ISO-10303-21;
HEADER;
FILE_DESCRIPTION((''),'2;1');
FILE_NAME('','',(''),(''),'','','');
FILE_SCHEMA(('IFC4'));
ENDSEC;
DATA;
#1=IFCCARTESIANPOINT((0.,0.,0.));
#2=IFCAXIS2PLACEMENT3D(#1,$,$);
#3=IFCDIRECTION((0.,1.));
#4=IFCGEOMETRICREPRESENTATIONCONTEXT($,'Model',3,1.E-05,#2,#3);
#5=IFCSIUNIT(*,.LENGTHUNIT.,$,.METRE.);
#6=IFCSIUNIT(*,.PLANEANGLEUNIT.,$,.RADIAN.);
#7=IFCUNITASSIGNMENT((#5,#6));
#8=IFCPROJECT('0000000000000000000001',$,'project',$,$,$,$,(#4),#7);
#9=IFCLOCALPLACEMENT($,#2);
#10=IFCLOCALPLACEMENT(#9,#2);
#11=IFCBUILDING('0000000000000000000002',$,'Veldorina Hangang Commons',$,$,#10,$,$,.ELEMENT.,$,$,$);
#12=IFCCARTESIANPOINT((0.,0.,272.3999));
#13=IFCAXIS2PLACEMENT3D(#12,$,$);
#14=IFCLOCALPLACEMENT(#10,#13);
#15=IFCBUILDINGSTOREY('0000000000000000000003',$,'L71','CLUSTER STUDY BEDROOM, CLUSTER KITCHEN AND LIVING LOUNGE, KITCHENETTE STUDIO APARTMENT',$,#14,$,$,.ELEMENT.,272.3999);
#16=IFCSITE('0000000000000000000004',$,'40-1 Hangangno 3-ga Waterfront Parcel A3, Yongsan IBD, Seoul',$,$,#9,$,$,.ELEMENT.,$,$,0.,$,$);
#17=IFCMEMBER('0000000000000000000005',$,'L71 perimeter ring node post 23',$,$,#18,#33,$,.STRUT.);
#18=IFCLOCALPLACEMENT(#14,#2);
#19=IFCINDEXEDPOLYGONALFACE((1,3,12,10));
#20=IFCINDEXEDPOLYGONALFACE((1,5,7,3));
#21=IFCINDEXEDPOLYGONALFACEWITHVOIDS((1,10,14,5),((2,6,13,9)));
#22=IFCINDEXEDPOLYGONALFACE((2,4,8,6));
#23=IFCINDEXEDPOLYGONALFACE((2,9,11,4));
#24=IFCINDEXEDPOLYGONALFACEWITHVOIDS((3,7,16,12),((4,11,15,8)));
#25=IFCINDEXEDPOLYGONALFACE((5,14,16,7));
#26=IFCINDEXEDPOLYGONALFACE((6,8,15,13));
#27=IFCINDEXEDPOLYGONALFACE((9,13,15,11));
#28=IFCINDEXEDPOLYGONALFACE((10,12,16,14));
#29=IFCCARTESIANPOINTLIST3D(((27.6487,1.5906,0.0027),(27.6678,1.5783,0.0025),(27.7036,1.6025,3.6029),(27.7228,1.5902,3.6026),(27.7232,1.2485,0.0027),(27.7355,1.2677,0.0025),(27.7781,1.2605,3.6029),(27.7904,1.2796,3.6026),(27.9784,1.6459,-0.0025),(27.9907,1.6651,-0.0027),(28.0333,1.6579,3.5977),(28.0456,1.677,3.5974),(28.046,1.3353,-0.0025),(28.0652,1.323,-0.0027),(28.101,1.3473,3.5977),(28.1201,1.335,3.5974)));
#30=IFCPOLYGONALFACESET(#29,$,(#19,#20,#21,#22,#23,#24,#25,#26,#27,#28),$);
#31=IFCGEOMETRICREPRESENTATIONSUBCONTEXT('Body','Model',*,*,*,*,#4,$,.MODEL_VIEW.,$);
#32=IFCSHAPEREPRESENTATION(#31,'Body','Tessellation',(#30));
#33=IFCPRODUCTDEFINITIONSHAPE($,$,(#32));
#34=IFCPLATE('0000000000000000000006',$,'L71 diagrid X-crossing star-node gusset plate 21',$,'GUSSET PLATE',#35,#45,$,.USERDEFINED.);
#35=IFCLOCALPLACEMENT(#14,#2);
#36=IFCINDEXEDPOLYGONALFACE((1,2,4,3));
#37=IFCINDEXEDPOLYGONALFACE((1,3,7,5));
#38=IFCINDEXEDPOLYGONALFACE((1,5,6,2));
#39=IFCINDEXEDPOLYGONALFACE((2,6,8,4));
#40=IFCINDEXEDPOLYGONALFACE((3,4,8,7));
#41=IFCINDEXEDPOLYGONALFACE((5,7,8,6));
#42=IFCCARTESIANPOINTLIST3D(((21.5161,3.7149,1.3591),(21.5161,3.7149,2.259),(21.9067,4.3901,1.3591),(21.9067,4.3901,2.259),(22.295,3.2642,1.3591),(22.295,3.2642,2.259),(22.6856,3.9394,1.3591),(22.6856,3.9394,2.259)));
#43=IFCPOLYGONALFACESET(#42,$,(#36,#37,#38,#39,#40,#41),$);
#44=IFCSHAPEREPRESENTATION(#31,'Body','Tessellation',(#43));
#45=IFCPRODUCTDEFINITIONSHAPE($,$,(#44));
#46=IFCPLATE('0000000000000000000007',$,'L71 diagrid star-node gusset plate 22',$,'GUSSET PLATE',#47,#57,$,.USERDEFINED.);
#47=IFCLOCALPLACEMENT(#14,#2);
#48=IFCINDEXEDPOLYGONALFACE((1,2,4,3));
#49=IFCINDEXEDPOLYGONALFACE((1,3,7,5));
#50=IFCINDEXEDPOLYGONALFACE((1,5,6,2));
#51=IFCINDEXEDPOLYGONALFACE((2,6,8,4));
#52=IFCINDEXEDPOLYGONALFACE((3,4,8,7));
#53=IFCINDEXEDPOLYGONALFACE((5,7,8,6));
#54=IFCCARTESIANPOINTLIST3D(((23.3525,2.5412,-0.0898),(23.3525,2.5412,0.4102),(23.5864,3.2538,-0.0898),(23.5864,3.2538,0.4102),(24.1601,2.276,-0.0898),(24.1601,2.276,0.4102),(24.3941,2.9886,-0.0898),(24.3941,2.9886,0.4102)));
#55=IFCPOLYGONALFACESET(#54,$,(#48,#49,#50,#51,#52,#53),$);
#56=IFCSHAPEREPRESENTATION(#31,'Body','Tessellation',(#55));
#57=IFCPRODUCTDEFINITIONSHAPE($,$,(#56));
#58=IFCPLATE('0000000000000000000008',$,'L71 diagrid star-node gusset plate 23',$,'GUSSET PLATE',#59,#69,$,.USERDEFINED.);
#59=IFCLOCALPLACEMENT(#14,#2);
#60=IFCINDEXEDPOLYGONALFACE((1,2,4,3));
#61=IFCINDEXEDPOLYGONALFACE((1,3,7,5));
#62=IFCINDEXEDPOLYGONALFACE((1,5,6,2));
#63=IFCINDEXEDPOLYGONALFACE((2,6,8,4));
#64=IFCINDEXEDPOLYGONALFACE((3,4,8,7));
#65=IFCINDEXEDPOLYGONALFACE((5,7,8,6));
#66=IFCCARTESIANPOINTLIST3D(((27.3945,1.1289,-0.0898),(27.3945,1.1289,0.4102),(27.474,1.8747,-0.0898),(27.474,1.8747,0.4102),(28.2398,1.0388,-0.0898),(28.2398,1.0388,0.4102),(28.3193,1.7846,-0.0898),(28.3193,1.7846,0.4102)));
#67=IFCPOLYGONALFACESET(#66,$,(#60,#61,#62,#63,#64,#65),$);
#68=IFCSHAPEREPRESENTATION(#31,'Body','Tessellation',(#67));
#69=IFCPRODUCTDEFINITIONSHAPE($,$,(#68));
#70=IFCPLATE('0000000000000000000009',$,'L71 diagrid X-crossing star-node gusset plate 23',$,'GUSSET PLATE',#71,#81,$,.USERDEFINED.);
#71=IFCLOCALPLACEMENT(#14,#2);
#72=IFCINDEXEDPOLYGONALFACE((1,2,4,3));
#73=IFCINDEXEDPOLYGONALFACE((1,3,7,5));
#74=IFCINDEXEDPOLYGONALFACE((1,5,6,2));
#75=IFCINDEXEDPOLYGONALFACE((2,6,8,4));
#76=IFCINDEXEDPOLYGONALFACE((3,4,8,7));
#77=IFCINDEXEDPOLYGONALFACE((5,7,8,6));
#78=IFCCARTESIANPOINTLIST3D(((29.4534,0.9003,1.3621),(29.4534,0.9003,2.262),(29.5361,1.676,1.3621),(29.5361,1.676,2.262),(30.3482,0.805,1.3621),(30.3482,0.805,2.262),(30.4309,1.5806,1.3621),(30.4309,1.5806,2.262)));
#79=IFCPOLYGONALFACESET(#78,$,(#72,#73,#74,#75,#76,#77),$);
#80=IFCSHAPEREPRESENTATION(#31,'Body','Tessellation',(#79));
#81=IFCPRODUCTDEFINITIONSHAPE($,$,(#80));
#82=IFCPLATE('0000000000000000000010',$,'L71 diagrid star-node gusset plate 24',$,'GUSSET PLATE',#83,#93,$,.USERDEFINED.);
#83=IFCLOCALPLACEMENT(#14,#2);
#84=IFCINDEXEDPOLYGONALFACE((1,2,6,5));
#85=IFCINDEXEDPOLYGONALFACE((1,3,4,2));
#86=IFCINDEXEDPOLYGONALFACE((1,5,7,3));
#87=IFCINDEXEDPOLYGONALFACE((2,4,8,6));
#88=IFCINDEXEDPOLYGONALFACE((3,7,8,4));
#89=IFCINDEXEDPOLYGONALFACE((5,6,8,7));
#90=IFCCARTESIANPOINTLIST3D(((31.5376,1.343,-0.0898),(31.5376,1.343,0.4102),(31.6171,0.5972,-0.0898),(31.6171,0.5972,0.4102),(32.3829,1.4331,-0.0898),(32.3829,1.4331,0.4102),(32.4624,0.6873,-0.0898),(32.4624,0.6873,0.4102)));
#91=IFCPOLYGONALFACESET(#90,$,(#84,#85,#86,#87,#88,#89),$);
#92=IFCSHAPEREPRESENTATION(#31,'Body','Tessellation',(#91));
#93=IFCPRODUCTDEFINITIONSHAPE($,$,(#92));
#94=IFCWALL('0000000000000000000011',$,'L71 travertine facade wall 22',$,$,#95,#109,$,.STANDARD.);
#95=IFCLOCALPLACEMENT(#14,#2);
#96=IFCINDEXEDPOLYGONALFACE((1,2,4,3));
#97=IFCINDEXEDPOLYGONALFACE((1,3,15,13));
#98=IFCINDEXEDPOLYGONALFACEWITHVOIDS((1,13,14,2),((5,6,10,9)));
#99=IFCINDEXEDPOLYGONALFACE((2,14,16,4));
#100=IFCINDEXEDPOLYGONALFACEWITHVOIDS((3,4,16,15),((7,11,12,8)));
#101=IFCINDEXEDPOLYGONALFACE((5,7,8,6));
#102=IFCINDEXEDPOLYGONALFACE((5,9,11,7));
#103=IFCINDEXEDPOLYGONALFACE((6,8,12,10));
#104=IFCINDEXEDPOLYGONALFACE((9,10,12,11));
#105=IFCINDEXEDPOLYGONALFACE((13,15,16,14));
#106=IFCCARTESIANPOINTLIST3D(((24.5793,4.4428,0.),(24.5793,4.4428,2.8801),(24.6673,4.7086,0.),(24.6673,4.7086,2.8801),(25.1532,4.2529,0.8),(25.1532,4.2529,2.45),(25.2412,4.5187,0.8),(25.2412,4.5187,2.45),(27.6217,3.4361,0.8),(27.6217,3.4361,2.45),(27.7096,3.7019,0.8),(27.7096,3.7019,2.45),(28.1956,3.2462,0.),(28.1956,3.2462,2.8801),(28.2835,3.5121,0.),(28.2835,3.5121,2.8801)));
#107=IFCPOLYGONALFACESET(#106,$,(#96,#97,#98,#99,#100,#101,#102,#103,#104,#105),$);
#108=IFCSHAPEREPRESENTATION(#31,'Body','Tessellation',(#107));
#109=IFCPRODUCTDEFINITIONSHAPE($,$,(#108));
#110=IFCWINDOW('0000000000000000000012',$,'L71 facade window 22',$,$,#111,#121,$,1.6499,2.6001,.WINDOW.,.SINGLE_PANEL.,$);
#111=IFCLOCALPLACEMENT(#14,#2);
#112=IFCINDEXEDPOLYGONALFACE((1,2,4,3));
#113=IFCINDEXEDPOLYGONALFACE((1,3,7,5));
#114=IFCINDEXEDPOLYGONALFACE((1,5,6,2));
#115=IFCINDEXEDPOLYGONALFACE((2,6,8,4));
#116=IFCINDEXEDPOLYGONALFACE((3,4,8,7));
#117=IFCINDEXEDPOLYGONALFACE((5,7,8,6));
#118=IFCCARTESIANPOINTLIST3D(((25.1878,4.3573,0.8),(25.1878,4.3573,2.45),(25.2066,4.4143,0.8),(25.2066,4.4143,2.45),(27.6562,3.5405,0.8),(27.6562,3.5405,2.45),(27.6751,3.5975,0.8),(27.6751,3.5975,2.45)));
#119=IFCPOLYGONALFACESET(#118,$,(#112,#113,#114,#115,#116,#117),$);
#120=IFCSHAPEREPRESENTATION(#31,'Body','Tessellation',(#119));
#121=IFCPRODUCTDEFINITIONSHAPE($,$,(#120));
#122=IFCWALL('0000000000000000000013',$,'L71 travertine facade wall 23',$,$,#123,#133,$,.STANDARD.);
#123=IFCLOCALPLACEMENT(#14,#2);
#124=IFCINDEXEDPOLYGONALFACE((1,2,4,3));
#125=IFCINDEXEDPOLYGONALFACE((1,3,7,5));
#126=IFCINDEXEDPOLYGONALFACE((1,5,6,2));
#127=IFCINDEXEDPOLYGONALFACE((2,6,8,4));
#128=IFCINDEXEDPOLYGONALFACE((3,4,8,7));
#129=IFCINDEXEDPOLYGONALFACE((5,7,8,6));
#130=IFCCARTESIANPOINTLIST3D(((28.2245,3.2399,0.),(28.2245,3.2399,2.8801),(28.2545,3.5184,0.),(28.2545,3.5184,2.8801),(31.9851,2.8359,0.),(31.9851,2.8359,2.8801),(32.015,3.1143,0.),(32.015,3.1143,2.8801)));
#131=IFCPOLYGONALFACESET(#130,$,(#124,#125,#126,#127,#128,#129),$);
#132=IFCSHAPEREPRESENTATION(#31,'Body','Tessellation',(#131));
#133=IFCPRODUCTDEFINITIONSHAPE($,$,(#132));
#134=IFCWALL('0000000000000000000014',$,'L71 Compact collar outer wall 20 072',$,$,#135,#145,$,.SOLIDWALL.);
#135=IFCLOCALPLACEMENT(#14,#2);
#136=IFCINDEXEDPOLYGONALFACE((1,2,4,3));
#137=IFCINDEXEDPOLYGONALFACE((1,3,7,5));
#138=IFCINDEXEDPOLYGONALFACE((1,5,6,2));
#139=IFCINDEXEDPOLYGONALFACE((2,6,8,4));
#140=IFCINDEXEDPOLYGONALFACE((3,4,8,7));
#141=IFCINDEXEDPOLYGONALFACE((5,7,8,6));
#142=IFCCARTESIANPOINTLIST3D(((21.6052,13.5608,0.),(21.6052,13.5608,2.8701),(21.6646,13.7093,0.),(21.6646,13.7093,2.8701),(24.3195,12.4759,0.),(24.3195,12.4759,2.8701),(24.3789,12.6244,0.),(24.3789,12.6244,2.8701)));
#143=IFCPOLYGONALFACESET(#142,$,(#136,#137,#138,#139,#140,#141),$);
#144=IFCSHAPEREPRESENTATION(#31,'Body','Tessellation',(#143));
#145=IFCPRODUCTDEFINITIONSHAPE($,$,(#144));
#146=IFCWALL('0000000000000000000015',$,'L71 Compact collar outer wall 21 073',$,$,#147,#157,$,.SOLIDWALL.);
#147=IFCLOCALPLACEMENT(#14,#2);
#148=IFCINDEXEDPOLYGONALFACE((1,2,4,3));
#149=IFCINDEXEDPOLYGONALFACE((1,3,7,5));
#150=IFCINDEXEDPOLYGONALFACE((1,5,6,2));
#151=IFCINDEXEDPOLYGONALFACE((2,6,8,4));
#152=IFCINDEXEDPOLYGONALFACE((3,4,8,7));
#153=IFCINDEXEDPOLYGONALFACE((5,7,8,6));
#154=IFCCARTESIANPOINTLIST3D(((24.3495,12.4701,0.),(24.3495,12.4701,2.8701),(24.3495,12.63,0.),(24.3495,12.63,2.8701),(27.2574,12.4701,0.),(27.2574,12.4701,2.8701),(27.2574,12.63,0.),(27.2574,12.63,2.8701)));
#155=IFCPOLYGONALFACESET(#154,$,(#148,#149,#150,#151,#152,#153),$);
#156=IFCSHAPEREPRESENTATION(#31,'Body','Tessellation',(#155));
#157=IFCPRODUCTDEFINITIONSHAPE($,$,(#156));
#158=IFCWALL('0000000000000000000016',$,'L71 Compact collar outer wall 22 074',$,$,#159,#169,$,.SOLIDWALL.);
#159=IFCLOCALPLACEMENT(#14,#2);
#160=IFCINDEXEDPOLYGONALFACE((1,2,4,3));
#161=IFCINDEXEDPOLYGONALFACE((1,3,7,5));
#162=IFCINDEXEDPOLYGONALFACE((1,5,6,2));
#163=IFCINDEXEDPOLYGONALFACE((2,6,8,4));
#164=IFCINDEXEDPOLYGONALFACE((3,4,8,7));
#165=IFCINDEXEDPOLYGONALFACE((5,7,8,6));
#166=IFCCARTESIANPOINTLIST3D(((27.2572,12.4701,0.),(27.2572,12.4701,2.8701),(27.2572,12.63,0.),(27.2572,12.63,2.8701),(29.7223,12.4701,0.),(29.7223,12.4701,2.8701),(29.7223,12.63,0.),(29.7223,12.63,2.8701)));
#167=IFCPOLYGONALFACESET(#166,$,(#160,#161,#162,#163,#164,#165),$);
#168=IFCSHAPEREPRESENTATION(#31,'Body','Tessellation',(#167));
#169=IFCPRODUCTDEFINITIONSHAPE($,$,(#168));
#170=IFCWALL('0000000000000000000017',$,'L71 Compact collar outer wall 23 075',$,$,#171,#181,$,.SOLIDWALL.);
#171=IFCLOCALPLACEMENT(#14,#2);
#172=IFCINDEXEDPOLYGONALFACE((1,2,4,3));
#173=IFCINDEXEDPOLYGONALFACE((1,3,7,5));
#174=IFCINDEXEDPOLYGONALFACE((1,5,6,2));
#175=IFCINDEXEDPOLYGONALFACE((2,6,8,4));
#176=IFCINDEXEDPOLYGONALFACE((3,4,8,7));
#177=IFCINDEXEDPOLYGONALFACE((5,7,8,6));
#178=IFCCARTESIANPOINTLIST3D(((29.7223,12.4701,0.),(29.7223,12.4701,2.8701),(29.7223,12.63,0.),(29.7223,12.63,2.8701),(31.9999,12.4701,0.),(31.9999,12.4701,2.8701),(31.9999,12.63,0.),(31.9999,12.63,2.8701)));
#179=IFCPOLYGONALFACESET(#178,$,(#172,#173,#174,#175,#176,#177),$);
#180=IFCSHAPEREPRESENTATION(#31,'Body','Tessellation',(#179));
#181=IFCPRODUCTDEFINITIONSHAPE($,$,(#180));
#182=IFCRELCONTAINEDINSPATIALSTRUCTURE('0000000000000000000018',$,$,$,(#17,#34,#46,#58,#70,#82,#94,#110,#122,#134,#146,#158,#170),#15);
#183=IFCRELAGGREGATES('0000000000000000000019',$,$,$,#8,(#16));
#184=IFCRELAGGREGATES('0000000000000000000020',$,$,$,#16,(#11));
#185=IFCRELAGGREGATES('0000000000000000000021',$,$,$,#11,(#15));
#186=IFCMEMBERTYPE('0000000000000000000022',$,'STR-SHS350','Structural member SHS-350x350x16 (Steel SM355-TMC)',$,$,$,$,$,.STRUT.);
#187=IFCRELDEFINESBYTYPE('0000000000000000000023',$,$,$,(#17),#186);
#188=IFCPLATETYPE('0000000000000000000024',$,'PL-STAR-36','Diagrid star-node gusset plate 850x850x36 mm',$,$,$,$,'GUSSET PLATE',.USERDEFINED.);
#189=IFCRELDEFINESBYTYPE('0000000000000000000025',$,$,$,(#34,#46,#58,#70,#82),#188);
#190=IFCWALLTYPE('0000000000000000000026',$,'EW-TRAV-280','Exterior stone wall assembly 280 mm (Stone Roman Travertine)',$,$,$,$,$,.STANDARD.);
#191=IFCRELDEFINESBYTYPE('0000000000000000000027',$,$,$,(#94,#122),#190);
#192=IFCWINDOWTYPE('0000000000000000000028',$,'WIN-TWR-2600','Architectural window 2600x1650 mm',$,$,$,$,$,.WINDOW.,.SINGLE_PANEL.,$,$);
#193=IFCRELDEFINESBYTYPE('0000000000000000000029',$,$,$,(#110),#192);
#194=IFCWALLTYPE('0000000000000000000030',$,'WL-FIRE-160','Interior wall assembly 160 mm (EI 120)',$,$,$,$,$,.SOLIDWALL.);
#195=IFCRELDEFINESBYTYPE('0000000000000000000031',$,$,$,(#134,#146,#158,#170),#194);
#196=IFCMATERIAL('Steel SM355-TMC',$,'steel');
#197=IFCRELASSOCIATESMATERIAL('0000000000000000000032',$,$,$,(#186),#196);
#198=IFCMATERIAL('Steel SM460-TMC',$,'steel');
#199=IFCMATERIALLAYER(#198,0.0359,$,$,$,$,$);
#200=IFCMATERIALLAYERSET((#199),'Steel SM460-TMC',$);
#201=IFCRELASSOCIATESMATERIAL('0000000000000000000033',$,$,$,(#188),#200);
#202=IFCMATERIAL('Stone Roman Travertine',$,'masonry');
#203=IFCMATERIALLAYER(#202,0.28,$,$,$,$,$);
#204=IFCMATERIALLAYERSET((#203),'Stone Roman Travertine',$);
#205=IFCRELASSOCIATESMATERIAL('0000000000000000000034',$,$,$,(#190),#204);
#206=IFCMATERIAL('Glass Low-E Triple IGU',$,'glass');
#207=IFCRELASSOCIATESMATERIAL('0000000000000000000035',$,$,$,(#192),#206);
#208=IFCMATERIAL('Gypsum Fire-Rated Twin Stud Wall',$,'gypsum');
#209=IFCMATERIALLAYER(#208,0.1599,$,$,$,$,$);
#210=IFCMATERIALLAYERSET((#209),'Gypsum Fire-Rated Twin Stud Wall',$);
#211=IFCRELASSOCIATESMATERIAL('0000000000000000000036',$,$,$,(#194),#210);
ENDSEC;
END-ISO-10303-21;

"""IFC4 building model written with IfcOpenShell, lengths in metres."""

from ifc_helpers import new_model, si_unit, direction, frame, frame_2d, origin, origin_2d, place, context, subcontext, project, spatial, rectangle, hollow_rectangle, extrude, material, layer, layer_set, material_profile, profile_set, type_object, element, fill, save


model = new_model("IFC4")

# Units and contexts
model_context = context("Model", 3, precision=1e-05, world=origin(), true_north=direction((0.0, 1.0)))
body_context = subcontext(model_context, "Body", "Model", "MODEL_VIEW")
ifc_project = project(units=[si_unit("LENGTHUNIT", "METRE"), si_unit("PLANEANGLEUNIT", "RADIAN")], contexts=[model_context])

# Site, building, storey
site_placement = place(None, origin())
site = spatial("IfcSite", under=ifc_project, at=site_placement, Name="40-1 Hangangno 3-ga Waterfront Parcel A3, Yongsan IBD, Seoul", CompositionType="ELEMENT", RefElevation=0.0)
building_placement = place(site_placement, origin())
building = spatial("IfcBuilding", under=site, at=building_placement, Name="Veldorina Hangang Commons", CompositionType="ELEMENT")
storey_placement = place(building_placement, frame((0.0, 0.0, 272.3999)))
storey = spatial("IfcBuildingStorey", under=building, at=storey_placement, Name="L71", Description="CLUSTER STUDY BEDROOM, CLUSTER KITCHEN AND LIVING LOUNGE, KITCHENETTE STUDIO APARTMENT", CompositionType="ELEMENT", Elevation=272.3999)

# Shared definitions
ifc_material_1 = material(Name="Steel SM355-TMC", Category="steel")

# Member
ifc_material_profile_1 = material_profile(ifc_material_1, hollow_rectangle(XDim=0.3501, YDim=0.3501, WallThickness=0.0161, at=origin_2d()), Name="SHS-350x350x16")
ifc_profile_set_1 = profile_set([ifc_material_profile_1], Name="Steel SM355-TMC")
member_type_1 = type_object("IfcMemberType", Name="STR-SHS350", Description="Structural member SHS-350x350x16 (Steel SM355-TMC)", PredefinedType="STRUT", material=ifc_profile_set_1)
member_1_placement = place(storey_placement, frame((27.8569, 1.4568, 0.0), z_axis=(0.015257, 0.003323, 0.999878), x_axis=(-0.21279, 0.977098, 0.0)))
element("IfcMember", 1, at=member_1_placement, inside=storey, type_object=member_type_1, Name="L71 perimeter ring node post 23", PredefinedType="STRUT", context=body_context, shape_type="SweptSolid", body=[
    extrude(hollow_rectangle(XDim=0.3501, YDim=0.3501, WallThickness=0.0161, at=origin_2d()), origin(), (0.0, 0.0, 1.0), 3.6006),
])

# Plates
ifc_material_2 = material(Name="Steel SM460-TMC", Category="steel")
ifc_layer_1 = layer(ifc_material_2, 0.0359)
ifc_layer_set_1 = layer_set([ifc_layer_1], Name="Steel SM460-TMC")
plate_type = type_object("IfcPlateType", Name="PL-STAR-36", Description="Diagrid star-node gusset plate 850x850x36 mm", ElementType="GUSSET PLATE", PredefinedType="USERDEFINED", material=ifc_layer_set_1)
plate_1_placement = place(storey_placement, frame((22.1008, 3.8271, 1.3591), z_axis=(0.0, 0.0, 1.0), x_axis=(0.865589, -0.500756, 0.0)))
element("IfcPlate", 2, at=plate_1_placement, inside=storey, type_object=plate_type, Name="L71 diagrid X-crossing star-node gusset plate 21", ObjectType="GUSSET PLATE", PredefinedType="USERDEFINED", context=body_context, shape_type="SweptSolid", body=[
    extrude(rectangle(XDim=0.8999, YDim=0.78, at=origin_2d()), origin(), (0.0, 0.0, 1.0), 0.8999),
])
for number, where, z_axis, x_axis, name in (
    (3, (23.8733, 2.7649, -0.0898), (0.0, 0.0, 1.0), (0.950097, -0.311954, 0.0), "L71 diagrid star-node gusset plate 22"),
    (4, (27.8569, 1.4568, -0.0898), (0.0, 0.0, 1.0), (0.994368, -0.105986, 0.0), "L71 diagrid star-node gusset plate 23"),
):
    element("IfcPlate", number, at=place(storey_placement, frame(where, z_axis=z_axis, x_axis=x_axis)), inside=storey, type_object=plate_type, Name=name, ObjectType="GUSSET PLATE", PredefinedType="USERDEFINED", context=body_context, shape_type="SweptSolid", body=[
        extrude(rectangle(XDim=0.8501, YDim=0.75, at=origin_2d()), origin(), (0.0, 0.0, 1.0), 0.5),
    ])
plate_2_placement = place(storey_placement, frame((29.9421, 1.2405, 1.3621), z_axis=(0.0, 0.0, 1.0), x_axis=(0.994368, -0.105986, 0.0)))
element("IfcPlate", 5, at=plate_2_placement, inside=storey, type_object=plate_type, Name="L71 diagrid X-crossing star-node gusset plate 23", ObjectType="GUSSET PLATE", PredefinedType="USERDEFINED", context=body_context, shape_type="SweptSolid", body=[
    extrude(rectangle(XDim=0.8999, YDim=0.78, at=origin_2d()), origin(), (0.0, 0.0, 1.0), 0.8999),
])
plate_3_placement = place(storey_placement, frame((32.0, 1.0151, -0.0898), z_axis=(0.0, 0.0, 1.0), x_axis=(0.994368, 0.105986, 0.0)))
element("IfcPlate", 6, at=plate_3_placement, inside=storey, type_object=plate_type, Name="L71 diagrid star-node gusset plate 24", ObjectType="GUSSET PLATE", PredefinedType="USERDEFINED", context=body_context, shape_type="SweptSolid", body=[
    extrude(rectangle(XDim=0.8501, YDim=0.75, at=origin_2d()), origin(), (0.0, 0.0, 1.0), 0.5),
])

# Wall, opening, window
ifc_material_3 = material(Name="Stone Roman Travertine", Category="masonry")
ifc_layer_2 = layer(ifc_material_3, 0.28)
ifc_layer_set_2 = layer_set([ifc_layer_2], Name="Stone Roman Travertine")
wall_type_1 = type_object("IfcWallType", Name="EW-TRAV-280", Description="Exterior stone wall assembly 280 mm (Stone Roman Travertine)", PredefinedType="STANDARD", material=ifc_layer_set_2)
wall_1_placement = place(storey_placement, frame((24.6233, 4.5757, 0.0), z_axis=(0.0, 0.0, 1.0), x_axis=(0.94938, -0.314131, 0.0)))
wall_1 = element("IfcWall", 7, at=wall_1_placement, inside=storey, type_object=wall_type_1, Name="L71 travertine facade wall 22", PredefinedType="STANDARD", context=body_context, shape_type="SweptSolid", body=[
    extrude(rectangle(XDim=3.8091, YDim=0.28, at=frame_2d((1.9045, 0.0))), origin(), (0.0, 0.0, 1.0), 2.8801),
])
opening_1_placement = place(wall_1_placement, frame((0.6045, 0.0, 0.8)))
opening_1 = element("IfcOpeningElement", 8, at=opening_1_placement, cuts=wall_1, PredefinedType="OPENING", context=body_context, shape_type="SweptSolid", body=[
    extrude(rectangle(XDim=2.6001, YDim=1.6499, at=frame_2d((1.3, 0.825))), frame((0.0, 0.1499, 0.0), z_axis=(0.0, -1.0, 0.0), x_axis=(1.0, 0.0, 0.0)), (0.0, 0.0, 1.0), 0.3),
])
ifc_material_4 = material(Name="Glass Low-E Triple IGU", Category="glass")
window_type = type_object("IfcWindowType", Name="WIN-TWR-2600", Description="Architectural window 2600x1650 mm", PartitioningType="SINGLE_PANEL", PredefinedType="WINDOW", material=ifc_material_4)
window_placement = place(opening_1_placement, origin())
window = element("IfcWindow", 9, at=window_placement, inside=storey, type_object=window_type, Name="L71 facade window 22", OverallHeight=1.6499, OverallWidth=2.6001, PartitioningType="SINGLE_PANEL", PredefinedType="WINDOW", context=body_context, shape_type="SweptSolid", body=[
    extrude(rectangle(XDim=2.6001, YDim=1.6499, at=frame_2d((1.3, 0.825))), frame((0.0, 0.03, 0.0), z_axis=(0.0, -1.0, 0.0), x_axis=(1.0, 0.0, 0.0)), (0.0, 0.0, 1.0), 0.0601),
])
fill(opening_1, window)

# Walls
wall_2_placement = place(storey_placement, frame((28.2395, 3.3792, 0.0), z_axis=(0.0, 0.0, 1.0), x_axis=(0.994277, -0.106832, 0.0)))
element("IfcWall", 10, at=wall_2_placement, inside=storey, type_object=wall_type_1, Name="L71 travertine facade wall 23", PredefinedType="STANDARD", context=body_context, shape_type="SweptSolid", body=[
    extrude(rectangle(XDim=3.7822, YDim=0.28, at=frame_2d((1.8911, 0.0))), origin(), (0.0, 0.0, 1.0), 2.8801),
])
ifc_material_5 = material(Name="Gypsum Fire-Rated Twin Stud Wall", Category="gypsum")
ifc_layer_3 = layer(ifc_material_5, 0.1599)
ifc_layer_set_3 = layer_set([ifc_layer_3], Name="Gypsum Fire-Rated Twin Stud Wall")
wall_type_2 = type_object("IfcWallType", Name="WL-FIRE-160", Description="Interior wall assembly 160 mm (EI 120)", PredefinedType="SOLIDWALL", material=ifc_layer_set_3)
wall_3_placement = place(storey_placement, frame((21.635, 13.635, 0.0), z_axis=(0.0, 0.0, 1.0), x_axis=(0.928569, -0.37116, 0.0)))
element("IfcWall", 11, at=wall_3_placement, inside=storey, type_object=wall_type_2, Name="L71 Compact collar outer wall 20 072", PredefinedType="SOLIDWALL", context=body_context, shape_type="SweptSolid", body=[
    extrude(rectangle(XDim=2.9231, YDim=0.1599, at=frame_2d((1.4614, 0.0))), origin(), (0.0, 0.0, 1.0), 2.8701),
])
wall_4_placement = place(storey_placement, frame((24.3494, 12.55, 0.0), z_axis=(0.0, 0.0, 1.0), x_axis=(1.0, 0.0, 0.0)))
element("IfcWall", 12, at=wall_4_placement, inside=storey, type_object=wall_type_2, Name="L71 Compact collar outer wall 21 073", PredefinedType="SOLIDWALL", context=body_context, shape_type="SweptSolid", body=[
    extrude(rectangle(XDim=2.908, YDim=0.1599, at=frame_2d((1.4541, 0.0))), origin(), (0.0, 0.0, 1.0), 2.8701),
])
wall_5_placement = place(storey_placement, frame((27.2573, 12.55, 0.0), z_axis=(0.0, 0.0, 1.0), x_axis=(1.0, 0.0, 0.0)))
element("IfcWall", 13, at=wall_5_placement, inside=storey, type_object=wall_type_2, Name="L71 Compact collar outer wall 22 074", PredefinedType="SOLIDWALL", context=body_context, shape_type="SweptSolid", body=[
    extrude(rectangle(XDim=2.4651, YDim=0.1599, at=frame_2d((1.2324, 0.0))), origin(), (0.0, 0.0, 1.0), 2.8701),
])
wall_6_placement = place(storey_placement, frame((29.7224, 12.55, 0.0), z_axis=(0.0, 0.0, 1.0), x_axis=(1.0, 0.0, 0.0)))
element("IfcWall", 14, at=wall_6_placement, inside=storey, type_object=wall_type_2, Name="L71 Compact collar outer wall 23 075", PredefinedType="SOLIDWALL", context=body_context, shape_type="SweptSolid", body=[
    extrude(rectangle(XDim=2.2776, YDim=0.1599, at=frame_2d((1.1387, 0.0))), origin(), (0.0, 0.0, 1.0), 2.8701),
])

save(model, "model.ifc")
